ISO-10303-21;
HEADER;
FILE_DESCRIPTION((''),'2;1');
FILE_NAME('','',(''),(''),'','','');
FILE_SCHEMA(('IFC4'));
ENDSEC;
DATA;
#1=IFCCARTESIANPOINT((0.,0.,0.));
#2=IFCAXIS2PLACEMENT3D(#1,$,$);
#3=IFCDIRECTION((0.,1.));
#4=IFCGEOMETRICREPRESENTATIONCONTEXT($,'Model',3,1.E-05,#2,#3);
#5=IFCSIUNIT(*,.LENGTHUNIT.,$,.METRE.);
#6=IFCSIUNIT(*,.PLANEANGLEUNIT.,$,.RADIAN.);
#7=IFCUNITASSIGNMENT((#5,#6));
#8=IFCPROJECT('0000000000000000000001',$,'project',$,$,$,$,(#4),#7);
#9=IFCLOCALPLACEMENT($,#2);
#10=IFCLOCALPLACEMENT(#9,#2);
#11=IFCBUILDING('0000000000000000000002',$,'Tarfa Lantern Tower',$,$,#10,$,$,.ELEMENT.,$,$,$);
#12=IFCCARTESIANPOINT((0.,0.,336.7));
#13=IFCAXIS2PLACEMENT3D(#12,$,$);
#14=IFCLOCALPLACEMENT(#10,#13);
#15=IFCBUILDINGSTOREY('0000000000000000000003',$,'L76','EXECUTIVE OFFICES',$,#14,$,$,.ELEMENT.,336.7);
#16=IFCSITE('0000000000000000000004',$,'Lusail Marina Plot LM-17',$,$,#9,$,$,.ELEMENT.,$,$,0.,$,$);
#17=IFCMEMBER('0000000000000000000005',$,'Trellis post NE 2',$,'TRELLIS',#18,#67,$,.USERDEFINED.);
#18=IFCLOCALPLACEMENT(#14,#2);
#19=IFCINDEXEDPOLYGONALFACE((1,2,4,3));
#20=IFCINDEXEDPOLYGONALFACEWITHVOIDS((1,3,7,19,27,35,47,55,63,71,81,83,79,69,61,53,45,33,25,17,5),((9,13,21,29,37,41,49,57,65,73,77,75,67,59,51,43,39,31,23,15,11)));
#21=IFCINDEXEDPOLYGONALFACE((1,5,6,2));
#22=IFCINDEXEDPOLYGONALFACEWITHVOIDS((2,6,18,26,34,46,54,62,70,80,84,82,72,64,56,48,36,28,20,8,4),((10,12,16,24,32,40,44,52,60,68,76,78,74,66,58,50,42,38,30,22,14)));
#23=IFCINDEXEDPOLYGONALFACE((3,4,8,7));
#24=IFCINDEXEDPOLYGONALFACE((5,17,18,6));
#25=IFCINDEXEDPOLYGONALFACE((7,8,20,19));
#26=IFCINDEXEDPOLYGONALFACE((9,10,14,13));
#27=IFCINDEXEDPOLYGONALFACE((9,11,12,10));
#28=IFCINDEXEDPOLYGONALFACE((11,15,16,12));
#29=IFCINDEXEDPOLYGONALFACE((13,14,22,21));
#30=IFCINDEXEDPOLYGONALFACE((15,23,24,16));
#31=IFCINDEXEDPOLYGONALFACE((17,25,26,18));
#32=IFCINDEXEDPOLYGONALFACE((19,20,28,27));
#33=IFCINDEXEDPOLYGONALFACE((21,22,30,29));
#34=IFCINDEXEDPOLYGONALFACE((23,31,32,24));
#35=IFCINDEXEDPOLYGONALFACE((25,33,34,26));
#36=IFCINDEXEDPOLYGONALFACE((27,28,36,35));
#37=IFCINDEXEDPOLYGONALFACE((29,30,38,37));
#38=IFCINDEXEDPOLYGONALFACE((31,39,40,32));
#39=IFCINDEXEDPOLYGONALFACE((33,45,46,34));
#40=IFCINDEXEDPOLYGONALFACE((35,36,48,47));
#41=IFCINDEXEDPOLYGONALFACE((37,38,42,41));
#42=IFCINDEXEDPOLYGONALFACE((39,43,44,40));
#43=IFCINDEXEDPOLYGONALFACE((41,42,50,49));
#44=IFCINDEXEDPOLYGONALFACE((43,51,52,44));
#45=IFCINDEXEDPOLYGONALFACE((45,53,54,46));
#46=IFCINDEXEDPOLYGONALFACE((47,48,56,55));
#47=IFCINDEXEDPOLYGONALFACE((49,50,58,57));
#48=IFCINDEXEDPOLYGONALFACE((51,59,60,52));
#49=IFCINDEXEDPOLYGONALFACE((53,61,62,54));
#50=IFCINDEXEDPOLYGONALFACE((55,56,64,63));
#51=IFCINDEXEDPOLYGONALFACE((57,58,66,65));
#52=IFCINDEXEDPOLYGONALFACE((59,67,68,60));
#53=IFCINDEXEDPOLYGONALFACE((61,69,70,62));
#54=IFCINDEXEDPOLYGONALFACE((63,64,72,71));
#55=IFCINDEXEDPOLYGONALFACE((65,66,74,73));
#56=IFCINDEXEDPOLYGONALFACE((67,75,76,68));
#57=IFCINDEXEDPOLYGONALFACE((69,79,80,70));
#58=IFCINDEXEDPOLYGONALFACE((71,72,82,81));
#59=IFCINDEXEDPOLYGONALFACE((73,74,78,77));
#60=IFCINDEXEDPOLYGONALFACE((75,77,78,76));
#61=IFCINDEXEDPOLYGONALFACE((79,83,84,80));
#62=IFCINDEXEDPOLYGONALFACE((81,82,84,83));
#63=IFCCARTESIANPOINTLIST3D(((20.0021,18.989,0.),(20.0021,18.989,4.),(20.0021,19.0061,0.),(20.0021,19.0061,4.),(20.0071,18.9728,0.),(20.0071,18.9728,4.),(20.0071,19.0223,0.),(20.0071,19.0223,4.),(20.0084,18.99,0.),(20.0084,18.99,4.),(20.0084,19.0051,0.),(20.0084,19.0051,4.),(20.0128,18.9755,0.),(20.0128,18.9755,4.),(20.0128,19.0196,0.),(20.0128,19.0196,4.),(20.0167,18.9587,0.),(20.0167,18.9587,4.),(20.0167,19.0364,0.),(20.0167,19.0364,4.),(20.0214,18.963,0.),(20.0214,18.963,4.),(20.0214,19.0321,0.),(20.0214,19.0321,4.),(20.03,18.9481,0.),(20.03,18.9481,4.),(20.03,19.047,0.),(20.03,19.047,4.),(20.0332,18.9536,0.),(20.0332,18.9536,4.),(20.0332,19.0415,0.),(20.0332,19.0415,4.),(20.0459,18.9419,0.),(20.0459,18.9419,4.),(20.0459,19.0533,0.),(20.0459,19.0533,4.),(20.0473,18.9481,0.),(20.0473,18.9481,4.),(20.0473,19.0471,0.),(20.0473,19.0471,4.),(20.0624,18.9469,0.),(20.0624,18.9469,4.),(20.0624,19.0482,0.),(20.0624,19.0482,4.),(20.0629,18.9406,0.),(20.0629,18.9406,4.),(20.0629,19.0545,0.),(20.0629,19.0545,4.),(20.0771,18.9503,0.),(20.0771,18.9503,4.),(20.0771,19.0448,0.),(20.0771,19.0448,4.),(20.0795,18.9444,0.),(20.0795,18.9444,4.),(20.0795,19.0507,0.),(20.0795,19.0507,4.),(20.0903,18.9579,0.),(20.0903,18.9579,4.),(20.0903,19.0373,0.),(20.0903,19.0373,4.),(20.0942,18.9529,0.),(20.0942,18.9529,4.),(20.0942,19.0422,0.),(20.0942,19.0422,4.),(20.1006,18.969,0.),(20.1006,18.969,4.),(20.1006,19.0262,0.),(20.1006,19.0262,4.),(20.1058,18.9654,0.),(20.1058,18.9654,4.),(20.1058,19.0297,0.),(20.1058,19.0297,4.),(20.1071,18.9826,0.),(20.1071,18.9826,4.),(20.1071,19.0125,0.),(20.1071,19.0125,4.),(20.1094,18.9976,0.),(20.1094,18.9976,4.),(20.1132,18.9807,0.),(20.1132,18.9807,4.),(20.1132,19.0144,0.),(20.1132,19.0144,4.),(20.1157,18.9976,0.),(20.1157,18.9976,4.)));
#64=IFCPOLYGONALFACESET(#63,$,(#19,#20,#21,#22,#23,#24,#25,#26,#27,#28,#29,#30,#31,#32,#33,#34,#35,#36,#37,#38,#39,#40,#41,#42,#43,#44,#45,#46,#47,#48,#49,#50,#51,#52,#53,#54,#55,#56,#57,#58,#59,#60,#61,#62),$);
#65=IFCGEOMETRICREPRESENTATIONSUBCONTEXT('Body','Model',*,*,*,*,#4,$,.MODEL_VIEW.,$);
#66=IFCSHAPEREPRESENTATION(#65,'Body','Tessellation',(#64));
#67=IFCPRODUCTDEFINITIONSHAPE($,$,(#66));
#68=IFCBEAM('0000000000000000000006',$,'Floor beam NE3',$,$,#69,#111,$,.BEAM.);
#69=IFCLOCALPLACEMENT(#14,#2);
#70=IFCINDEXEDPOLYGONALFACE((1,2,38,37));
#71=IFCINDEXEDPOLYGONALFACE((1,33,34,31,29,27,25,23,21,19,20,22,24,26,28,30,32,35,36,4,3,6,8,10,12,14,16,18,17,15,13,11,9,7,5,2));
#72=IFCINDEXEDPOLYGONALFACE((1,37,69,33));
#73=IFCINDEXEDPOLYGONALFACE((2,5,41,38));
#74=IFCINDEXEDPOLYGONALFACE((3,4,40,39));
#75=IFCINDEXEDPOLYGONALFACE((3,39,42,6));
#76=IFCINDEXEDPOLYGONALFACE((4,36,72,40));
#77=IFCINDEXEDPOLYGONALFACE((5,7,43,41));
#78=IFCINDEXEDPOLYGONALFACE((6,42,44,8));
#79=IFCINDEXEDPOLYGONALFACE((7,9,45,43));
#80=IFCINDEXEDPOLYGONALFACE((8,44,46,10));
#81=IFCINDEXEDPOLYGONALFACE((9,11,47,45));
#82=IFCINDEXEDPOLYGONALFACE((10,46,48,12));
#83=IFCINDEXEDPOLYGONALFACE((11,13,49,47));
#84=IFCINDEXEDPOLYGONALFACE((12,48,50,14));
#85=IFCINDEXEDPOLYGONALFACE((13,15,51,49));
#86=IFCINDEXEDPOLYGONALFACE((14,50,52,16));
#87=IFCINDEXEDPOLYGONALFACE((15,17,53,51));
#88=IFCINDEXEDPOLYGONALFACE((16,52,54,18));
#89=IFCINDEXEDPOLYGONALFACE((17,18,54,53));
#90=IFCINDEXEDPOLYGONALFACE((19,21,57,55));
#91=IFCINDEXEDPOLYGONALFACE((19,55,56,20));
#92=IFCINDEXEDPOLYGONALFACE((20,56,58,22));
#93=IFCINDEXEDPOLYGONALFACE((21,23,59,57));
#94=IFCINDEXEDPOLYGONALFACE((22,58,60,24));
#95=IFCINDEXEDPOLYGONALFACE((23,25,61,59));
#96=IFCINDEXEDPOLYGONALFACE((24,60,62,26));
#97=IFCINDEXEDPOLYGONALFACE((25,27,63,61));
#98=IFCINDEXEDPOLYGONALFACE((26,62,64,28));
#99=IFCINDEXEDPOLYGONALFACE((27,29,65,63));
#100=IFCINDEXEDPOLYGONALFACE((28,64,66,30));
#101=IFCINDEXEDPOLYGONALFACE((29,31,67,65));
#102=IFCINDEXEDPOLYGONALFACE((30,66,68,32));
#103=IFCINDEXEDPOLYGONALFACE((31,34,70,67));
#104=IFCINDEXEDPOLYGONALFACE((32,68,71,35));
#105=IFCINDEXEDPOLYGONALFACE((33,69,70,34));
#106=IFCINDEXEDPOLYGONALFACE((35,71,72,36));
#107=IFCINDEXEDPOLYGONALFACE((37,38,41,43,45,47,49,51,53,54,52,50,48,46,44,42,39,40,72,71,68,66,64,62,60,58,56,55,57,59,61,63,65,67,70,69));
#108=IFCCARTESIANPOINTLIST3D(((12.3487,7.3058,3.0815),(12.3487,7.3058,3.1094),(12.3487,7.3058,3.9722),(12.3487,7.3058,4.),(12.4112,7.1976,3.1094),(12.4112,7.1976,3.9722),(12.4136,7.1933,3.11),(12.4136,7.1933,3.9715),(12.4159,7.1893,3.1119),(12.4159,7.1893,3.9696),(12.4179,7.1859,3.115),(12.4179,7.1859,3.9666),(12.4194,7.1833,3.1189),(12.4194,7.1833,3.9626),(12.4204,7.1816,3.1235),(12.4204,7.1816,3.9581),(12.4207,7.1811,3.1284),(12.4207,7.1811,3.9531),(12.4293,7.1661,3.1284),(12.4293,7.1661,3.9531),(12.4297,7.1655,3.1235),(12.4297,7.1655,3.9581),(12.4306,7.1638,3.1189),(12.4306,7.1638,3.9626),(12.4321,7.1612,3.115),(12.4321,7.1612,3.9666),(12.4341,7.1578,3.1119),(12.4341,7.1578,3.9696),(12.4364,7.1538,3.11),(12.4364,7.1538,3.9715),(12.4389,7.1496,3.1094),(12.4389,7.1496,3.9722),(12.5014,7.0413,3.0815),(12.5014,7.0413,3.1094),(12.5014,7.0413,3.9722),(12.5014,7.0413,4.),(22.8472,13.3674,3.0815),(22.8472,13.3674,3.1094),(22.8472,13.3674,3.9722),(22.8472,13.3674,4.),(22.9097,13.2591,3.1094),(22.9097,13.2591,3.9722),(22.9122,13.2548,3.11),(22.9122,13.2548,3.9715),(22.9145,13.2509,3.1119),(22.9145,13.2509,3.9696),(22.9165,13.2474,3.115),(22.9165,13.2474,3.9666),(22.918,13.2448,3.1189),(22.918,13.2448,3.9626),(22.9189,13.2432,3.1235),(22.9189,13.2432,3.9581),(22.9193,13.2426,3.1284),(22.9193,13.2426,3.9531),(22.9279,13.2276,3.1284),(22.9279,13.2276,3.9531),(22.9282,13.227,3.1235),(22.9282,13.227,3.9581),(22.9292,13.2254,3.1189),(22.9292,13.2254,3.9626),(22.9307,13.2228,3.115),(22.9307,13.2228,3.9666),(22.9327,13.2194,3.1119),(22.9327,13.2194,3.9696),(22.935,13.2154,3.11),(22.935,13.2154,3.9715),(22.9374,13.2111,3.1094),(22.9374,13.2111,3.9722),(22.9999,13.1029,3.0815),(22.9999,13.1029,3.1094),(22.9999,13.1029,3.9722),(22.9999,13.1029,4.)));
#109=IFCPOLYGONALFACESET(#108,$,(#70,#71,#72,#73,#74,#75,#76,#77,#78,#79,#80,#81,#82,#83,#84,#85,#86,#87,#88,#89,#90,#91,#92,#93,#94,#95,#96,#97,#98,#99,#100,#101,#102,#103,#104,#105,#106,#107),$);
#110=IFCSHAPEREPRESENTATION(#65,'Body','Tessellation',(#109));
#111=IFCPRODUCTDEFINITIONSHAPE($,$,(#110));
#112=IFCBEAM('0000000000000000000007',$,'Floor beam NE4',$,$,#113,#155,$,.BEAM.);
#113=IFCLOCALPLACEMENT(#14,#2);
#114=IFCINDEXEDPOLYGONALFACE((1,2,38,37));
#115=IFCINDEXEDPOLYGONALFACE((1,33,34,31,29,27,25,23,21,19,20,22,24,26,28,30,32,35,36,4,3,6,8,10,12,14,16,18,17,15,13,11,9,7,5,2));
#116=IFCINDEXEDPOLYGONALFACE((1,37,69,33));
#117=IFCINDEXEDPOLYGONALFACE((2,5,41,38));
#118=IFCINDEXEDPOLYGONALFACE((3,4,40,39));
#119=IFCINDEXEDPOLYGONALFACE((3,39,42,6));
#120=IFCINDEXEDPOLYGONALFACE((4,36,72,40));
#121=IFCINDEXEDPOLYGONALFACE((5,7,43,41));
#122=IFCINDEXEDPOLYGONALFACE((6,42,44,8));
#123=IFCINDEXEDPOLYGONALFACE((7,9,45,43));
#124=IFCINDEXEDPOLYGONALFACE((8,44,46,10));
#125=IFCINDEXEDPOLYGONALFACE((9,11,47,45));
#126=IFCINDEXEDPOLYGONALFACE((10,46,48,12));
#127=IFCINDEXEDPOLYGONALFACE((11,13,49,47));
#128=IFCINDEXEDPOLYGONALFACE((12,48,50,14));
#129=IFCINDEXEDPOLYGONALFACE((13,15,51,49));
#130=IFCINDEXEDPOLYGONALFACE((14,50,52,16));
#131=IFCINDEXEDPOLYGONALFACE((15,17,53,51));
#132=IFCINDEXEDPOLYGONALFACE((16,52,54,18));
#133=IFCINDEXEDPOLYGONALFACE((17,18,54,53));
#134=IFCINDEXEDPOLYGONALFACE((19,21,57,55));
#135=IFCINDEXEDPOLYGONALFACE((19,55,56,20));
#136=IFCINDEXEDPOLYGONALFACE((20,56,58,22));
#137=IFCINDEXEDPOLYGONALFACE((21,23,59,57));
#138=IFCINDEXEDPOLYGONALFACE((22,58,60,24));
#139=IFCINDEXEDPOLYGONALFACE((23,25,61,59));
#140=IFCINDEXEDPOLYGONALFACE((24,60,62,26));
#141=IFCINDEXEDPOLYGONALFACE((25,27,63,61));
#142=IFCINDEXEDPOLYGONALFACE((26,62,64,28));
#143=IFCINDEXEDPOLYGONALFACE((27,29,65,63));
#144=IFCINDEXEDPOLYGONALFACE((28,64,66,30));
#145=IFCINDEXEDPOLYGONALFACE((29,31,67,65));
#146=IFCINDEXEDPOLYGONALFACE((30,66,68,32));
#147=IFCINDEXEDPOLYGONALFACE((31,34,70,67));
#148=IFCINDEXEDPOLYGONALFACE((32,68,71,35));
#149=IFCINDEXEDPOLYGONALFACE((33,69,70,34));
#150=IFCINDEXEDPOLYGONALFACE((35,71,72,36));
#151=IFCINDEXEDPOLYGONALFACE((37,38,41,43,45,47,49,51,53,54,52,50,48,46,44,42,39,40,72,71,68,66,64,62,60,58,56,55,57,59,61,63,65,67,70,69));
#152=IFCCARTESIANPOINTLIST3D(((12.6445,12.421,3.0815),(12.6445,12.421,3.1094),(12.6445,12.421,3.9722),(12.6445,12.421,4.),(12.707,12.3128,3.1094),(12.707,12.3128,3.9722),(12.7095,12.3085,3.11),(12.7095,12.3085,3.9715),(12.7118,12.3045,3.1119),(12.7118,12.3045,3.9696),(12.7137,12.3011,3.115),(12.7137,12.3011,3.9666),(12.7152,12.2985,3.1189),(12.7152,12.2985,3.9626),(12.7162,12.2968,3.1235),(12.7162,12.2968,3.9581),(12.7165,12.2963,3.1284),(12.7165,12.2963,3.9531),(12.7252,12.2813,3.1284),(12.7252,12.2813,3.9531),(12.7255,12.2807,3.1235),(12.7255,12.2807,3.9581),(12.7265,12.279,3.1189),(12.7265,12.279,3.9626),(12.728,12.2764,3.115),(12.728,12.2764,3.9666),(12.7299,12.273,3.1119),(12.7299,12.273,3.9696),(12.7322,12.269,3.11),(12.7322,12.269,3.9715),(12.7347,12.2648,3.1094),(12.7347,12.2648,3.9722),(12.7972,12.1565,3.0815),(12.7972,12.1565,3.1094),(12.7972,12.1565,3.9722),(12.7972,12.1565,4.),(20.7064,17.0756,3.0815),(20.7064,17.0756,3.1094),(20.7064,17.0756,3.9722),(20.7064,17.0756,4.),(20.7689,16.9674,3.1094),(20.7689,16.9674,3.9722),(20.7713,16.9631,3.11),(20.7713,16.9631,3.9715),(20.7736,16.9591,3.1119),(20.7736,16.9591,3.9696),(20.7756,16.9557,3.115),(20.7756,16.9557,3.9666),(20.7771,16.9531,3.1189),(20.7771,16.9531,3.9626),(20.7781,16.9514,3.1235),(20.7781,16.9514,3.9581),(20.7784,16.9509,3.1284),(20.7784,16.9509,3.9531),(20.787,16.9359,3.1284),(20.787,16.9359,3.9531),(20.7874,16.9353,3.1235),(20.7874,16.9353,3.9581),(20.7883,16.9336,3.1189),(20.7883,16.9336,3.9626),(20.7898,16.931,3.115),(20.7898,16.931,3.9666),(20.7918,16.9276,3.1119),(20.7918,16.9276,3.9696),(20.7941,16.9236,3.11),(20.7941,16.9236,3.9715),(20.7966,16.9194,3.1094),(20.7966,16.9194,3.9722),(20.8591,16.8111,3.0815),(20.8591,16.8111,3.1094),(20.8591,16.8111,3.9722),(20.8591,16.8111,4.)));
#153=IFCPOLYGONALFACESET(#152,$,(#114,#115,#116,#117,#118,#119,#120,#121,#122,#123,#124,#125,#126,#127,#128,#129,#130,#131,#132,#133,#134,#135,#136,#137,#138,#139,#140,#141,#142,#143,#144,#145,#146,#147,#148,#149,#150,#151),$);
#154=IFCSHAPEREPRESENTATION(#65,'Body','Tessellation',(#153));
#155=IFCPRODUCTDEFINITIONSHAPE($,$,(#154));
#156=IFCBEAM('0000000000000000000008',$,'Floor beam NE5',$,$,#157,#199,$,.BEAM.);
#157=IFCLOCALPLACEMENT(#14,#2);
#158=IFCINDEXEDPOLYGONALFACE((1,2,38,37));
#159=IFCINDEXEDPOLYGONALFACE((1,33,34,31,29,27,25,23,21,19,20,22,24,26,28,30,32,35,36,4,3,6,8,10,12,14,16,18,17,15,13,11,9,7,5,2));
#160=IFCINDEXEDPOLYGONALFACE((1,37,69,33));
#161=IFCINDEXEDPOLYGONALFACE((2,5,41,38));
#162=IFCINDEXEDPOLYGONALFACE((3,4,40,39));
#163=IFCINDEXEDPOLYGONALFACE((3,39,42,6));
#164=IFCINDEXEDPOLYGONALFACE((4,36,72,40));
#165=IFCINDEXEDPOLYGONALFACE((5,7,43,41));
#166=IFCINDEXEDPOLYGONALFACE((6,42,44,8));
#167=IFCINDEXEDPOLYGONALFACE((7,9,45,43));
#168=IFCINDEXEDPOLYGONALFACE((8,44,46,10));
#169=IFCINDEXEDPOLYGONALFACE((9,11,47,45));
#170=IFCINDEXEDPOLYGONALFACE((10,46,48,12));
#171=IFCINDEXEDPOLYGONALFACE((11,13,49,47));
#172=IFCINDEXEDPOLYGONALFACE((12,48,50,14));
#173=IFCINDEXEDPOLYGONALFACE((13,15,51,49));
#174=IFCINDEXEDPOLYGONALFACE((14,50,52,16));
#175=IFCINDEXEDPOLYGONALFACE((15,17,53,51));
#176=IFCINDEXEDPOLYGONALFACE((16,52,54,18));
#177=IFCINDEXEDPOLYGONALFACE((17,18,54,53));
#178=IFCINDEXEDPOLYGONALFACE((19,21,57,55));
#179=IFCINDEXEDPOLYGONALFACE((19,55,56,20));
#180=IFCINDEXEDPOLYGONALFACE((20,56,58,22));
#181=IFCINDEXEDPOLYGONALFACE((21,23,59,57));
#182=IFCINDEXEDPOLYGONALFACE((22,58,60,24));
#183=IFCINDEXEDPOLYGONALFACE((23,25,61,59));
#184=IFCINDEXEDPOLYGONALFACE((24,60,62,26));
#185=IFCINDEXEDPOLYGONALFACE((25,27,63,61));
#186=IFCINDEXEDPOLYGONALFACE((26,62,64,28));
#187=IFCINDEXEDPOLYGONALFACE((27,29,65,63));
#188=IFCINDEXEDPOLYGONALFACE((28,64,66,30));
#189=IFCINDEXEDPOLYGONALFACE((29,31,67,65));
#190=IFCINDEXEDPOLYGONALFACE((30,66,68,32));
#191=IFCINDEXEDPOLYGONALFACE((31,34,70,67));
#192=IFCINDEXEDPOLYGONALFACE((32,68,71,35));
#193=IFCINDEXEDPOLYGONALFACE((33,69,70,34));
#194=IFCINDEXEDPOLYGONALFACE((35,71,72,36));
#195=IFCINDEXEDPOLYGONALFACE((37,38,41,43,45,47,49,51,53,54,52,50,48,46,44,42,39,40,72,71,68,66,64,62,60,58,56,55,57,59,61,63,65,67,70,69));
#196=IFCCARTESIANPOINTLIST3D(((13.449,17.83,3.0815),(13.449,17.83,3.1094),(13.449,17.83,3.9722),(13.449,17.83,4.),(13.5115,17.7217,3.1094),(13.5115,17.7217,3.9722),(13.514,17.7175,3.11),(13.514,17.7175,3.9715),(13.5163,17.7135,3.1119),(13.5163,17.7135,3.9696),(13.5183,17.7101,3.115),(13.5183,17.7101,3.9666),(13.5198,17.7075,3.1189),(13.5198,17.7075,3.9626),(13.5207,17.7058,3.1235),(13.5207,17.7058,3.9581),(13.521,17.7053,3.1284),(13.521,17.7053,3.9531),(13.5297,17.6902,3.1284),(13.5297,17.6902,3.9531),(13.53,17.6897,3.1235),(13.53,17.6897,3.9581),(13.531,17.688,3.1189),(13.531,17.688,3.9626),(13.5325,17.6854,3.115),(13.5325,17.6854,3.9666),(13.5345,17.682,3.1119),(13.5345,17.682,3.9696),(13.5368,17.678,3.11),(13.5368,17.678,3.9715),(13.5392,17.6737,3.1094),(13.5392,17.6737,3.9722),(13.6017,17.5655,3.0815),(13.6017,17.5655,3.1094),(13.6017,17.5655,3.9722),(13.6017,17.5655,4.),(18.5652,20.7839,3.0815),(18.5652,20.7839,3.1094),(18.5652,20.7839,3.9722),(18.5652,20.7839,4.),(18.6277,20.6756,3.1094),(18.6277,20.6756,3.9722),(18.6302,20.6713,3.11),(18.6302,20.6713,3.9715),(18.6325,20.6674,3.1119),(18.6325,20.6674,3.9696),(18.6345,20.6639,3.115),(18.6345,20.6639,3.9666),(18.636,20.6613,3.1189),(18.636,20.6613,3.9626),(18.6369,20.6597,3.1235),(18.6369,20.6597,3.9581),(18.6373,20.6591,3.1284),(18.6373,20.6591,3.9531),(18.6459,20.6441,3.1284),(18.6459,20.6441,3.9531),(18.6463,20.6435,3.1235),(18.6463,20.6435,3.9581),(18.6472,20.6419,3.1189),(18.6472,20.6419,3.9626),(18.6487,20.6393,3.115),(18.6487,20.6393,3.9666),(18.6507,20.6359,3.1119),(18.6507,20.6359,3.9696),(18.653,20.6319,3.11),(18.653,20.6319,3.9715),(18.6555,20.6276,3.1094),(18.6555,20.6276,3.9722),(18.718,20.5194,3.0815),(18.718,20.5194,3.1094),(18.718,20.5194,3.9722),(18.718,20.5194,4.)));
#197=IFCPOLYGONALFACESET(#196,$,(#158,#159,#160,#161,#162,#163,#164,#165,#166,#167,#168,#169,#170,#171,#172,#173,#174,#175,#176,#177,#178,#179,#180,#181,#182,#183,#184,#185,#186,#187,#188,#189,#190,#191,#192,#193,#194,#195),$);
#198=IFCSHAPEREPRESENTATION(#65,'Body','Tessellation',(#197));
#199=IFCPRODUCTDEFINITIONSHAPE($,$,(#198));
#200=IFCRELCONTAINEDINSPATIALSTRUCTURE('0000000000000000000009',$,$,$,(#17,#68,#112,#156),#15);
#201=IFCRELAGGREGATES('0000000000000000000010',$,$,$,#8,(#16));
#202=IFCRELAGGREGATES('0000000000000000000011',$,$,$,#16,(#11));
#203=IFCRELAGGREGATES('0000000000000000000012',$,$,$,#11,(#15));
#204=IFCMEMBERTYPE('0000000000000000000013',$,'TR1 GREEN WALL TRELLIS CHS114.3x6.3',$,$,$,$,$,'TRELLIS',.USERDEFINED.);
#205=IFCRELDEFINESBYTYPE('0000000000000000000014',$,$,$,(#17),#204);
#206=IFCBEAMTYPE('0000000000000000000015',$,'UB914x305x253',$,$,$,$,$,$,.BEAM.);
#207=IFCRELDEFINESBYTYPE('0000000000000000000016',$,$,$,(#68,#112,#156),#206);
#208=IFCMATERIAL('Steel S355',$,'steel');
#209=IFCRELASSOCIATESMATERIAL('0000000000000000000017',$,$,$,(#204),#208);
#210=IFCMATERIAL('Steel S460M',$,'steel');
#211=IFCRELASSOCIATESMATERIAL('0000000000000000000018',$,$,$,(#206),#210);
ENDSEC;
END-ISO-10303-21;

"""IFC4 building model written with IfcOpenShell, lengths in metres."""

from ifc_helpers import new_model, si_unit, direction, frame, origin, origin_2d, place, context, subcontext, project, spatial, hollow_circle, i_section, extrude, material, material_profile, profile_set, type_object, element, save


model = new_model("IFC4")

# Units and contexts
model_context = context("Model", 3, precision=1e-05, world=origin(), true_north=direction((0.0, 1.0)))
body_context = subcontext(model_context, "Body", "Model", "MODEL_VIEW")
ifc_project = project(units=[si_unit("LENGTHUNIT", "METRE"), si_unit("PLANEANGLEUNIT", "RADIAN")], contexts=[model_context])

# Site, building, storey
site_placement = place(None, origin())
site = spatial("IfcSite", under=ifc_project, at=site_placement, Name="Lusail Marina Plot LM-17", CompositionType="ELEMENT", RefElevation=0.0)
building_placement = place(site_placement, origin())
building = spatial("IfcBuilding", under=site, at=building_placement, Name="Tarfa Lantern Tower", CompositionType="ELEMENT")
storey_placement = place(building_placement, frame((0.0, 0.0, 336.7)))
storey = spatial("IfcBuildingStorey", under=building, at=storey_placement, Name="L76", Description="EXECUTIVE OFFICES", CompositionType="ELEMENT", Elevation=336.7)

# Member
ifc_material_1 = material(Name="Steel S355", Category="steel")
ifc_material_profile_1 = material_profile(ifc_material_1, hollow_circle(Radius=0.0571, WallThickness=0.0063, at=origin_2d()), Name="CHS114.3x6.3")
ifc_profile_set_1 = profile_set([ifc_material_profile_1], Name="Steel S355")
member_type_1 = type_object("IfcMemberType", Name="TR1 GREEN WALL TRELLIS CHS114.3x6.3", ElementType="TRELLIS", PredefinedType="USERDEFINED", material=ifc_profile_set_1)
member_1_placement = place(storey_placement, frame((20.0586, 18.9976, 0.0), z_axis=(0.0, 0.0, 1.0), x_axis=(1.0, 0.0, 0.0)))
element("IfcMember", 1, at=member_1_placement, inside=storey, type_object=member_type_1, Name="Trellis post NE 2", ObjectType="TRELLIS", PredefinedType="USERDEFINED", context=body_context, shape_type="SweptSolid", body=[
    extrude(hollow_circle(Radius=0.0571, WallThickness=0.0063, at=origin_2d()), origin(), (0.0, 0.0, 1.0), 4.0),
])

# Beams
ifc_material_2 = material(Name="Steel S460M", Category="steel")
ifc_material_profile_2 = material_profile(ifc_material_2, i_section(OverallWidth=0.3054, OverallDepth=0.9185, WebThickness=0.0173, FlangeThickness=0.0278, FilletRadius=0.019, at=origin_2d()), Name="UB914x305x253")
ifc_profile_set_2 = profile_set([ifc_material_profile_2], Name="Steel S460M")
beam_type_1 = type_object("IfcBeamType", Name="UB914x305x253", PredefinedType="BEAM", material=ifc_profile_set_2)
beam_1_placement = place(storey_placement, frame((22.9236, 13.2351, 3.5408), z_axis=(-0.866019, -0.500012, 0.0), x_axis=(0.500012, -0.866019, 0.0)))
element("IfcBeam", 2, at=beam_1_placement, inside=storey, type_object=beam_type_1, Name="Floor beam NE3", PredefinedType="BEAM", context=body_context, shape_type="SweptSolid", body=[
    extrude(i_section(OverallWidth=0.3054, OverallDepth=0.9185, WebThickness=0.0173, FlangeThickness=0.0278, FilletRadius=0.019, at=origin_2d()), origin(), (0.0, 0.0, 1.0), 12.1228),
])
beam_2_placement = place(storey_placement, frame((20.7827, 16.9434, 3.5408), z_axis=(-0.866022, -0.500006, 0.0), x_axis=(0.500006, -0.866022, 0.0)))
element("IfcBeam", 3, at=beam_2_placement, inside=storey, type_object=beam_type_1, Name="Floor beam NE4", PredefinedType="BEAM", context=body_context, shape_type="SweptSolid", body=[
    extrude(i_section(OverallWidth=0.3054, OverallDepth=0.9185, WebThickness=0.0173, FlangeThickness=0.0278, FilletRadius=0.019, at=origin_2d()), origin(), (0.0, 0.0, 1.0), 9.3091),
])
beam_3_placement = place(storey_placement, frame((18.6416, 20.6516, 3.5408), z_axis=(-0.866025, -0.500001, 0.0), x_axis=(0.500001, -0.866025, 0.0)))
element("IfcBeam", 4, at=beam_3_placement, inside=storey, type_object=beam_type_1, Name="Floor beam NE5", PredefinedType="BEAM", context=body_context, shape_type="SweptSolid", body=[
    extrude(i_section(OverallWidth=0.3054, OverallDepth=0.9185, WebThickness=0.0173, FlangeThickness=0.0278, FilletRadius=0.019, at=origin_2d()), origin(), (0.0, 0.0, 1.0), 5.9077),
])

save(model, "model.ifc")
